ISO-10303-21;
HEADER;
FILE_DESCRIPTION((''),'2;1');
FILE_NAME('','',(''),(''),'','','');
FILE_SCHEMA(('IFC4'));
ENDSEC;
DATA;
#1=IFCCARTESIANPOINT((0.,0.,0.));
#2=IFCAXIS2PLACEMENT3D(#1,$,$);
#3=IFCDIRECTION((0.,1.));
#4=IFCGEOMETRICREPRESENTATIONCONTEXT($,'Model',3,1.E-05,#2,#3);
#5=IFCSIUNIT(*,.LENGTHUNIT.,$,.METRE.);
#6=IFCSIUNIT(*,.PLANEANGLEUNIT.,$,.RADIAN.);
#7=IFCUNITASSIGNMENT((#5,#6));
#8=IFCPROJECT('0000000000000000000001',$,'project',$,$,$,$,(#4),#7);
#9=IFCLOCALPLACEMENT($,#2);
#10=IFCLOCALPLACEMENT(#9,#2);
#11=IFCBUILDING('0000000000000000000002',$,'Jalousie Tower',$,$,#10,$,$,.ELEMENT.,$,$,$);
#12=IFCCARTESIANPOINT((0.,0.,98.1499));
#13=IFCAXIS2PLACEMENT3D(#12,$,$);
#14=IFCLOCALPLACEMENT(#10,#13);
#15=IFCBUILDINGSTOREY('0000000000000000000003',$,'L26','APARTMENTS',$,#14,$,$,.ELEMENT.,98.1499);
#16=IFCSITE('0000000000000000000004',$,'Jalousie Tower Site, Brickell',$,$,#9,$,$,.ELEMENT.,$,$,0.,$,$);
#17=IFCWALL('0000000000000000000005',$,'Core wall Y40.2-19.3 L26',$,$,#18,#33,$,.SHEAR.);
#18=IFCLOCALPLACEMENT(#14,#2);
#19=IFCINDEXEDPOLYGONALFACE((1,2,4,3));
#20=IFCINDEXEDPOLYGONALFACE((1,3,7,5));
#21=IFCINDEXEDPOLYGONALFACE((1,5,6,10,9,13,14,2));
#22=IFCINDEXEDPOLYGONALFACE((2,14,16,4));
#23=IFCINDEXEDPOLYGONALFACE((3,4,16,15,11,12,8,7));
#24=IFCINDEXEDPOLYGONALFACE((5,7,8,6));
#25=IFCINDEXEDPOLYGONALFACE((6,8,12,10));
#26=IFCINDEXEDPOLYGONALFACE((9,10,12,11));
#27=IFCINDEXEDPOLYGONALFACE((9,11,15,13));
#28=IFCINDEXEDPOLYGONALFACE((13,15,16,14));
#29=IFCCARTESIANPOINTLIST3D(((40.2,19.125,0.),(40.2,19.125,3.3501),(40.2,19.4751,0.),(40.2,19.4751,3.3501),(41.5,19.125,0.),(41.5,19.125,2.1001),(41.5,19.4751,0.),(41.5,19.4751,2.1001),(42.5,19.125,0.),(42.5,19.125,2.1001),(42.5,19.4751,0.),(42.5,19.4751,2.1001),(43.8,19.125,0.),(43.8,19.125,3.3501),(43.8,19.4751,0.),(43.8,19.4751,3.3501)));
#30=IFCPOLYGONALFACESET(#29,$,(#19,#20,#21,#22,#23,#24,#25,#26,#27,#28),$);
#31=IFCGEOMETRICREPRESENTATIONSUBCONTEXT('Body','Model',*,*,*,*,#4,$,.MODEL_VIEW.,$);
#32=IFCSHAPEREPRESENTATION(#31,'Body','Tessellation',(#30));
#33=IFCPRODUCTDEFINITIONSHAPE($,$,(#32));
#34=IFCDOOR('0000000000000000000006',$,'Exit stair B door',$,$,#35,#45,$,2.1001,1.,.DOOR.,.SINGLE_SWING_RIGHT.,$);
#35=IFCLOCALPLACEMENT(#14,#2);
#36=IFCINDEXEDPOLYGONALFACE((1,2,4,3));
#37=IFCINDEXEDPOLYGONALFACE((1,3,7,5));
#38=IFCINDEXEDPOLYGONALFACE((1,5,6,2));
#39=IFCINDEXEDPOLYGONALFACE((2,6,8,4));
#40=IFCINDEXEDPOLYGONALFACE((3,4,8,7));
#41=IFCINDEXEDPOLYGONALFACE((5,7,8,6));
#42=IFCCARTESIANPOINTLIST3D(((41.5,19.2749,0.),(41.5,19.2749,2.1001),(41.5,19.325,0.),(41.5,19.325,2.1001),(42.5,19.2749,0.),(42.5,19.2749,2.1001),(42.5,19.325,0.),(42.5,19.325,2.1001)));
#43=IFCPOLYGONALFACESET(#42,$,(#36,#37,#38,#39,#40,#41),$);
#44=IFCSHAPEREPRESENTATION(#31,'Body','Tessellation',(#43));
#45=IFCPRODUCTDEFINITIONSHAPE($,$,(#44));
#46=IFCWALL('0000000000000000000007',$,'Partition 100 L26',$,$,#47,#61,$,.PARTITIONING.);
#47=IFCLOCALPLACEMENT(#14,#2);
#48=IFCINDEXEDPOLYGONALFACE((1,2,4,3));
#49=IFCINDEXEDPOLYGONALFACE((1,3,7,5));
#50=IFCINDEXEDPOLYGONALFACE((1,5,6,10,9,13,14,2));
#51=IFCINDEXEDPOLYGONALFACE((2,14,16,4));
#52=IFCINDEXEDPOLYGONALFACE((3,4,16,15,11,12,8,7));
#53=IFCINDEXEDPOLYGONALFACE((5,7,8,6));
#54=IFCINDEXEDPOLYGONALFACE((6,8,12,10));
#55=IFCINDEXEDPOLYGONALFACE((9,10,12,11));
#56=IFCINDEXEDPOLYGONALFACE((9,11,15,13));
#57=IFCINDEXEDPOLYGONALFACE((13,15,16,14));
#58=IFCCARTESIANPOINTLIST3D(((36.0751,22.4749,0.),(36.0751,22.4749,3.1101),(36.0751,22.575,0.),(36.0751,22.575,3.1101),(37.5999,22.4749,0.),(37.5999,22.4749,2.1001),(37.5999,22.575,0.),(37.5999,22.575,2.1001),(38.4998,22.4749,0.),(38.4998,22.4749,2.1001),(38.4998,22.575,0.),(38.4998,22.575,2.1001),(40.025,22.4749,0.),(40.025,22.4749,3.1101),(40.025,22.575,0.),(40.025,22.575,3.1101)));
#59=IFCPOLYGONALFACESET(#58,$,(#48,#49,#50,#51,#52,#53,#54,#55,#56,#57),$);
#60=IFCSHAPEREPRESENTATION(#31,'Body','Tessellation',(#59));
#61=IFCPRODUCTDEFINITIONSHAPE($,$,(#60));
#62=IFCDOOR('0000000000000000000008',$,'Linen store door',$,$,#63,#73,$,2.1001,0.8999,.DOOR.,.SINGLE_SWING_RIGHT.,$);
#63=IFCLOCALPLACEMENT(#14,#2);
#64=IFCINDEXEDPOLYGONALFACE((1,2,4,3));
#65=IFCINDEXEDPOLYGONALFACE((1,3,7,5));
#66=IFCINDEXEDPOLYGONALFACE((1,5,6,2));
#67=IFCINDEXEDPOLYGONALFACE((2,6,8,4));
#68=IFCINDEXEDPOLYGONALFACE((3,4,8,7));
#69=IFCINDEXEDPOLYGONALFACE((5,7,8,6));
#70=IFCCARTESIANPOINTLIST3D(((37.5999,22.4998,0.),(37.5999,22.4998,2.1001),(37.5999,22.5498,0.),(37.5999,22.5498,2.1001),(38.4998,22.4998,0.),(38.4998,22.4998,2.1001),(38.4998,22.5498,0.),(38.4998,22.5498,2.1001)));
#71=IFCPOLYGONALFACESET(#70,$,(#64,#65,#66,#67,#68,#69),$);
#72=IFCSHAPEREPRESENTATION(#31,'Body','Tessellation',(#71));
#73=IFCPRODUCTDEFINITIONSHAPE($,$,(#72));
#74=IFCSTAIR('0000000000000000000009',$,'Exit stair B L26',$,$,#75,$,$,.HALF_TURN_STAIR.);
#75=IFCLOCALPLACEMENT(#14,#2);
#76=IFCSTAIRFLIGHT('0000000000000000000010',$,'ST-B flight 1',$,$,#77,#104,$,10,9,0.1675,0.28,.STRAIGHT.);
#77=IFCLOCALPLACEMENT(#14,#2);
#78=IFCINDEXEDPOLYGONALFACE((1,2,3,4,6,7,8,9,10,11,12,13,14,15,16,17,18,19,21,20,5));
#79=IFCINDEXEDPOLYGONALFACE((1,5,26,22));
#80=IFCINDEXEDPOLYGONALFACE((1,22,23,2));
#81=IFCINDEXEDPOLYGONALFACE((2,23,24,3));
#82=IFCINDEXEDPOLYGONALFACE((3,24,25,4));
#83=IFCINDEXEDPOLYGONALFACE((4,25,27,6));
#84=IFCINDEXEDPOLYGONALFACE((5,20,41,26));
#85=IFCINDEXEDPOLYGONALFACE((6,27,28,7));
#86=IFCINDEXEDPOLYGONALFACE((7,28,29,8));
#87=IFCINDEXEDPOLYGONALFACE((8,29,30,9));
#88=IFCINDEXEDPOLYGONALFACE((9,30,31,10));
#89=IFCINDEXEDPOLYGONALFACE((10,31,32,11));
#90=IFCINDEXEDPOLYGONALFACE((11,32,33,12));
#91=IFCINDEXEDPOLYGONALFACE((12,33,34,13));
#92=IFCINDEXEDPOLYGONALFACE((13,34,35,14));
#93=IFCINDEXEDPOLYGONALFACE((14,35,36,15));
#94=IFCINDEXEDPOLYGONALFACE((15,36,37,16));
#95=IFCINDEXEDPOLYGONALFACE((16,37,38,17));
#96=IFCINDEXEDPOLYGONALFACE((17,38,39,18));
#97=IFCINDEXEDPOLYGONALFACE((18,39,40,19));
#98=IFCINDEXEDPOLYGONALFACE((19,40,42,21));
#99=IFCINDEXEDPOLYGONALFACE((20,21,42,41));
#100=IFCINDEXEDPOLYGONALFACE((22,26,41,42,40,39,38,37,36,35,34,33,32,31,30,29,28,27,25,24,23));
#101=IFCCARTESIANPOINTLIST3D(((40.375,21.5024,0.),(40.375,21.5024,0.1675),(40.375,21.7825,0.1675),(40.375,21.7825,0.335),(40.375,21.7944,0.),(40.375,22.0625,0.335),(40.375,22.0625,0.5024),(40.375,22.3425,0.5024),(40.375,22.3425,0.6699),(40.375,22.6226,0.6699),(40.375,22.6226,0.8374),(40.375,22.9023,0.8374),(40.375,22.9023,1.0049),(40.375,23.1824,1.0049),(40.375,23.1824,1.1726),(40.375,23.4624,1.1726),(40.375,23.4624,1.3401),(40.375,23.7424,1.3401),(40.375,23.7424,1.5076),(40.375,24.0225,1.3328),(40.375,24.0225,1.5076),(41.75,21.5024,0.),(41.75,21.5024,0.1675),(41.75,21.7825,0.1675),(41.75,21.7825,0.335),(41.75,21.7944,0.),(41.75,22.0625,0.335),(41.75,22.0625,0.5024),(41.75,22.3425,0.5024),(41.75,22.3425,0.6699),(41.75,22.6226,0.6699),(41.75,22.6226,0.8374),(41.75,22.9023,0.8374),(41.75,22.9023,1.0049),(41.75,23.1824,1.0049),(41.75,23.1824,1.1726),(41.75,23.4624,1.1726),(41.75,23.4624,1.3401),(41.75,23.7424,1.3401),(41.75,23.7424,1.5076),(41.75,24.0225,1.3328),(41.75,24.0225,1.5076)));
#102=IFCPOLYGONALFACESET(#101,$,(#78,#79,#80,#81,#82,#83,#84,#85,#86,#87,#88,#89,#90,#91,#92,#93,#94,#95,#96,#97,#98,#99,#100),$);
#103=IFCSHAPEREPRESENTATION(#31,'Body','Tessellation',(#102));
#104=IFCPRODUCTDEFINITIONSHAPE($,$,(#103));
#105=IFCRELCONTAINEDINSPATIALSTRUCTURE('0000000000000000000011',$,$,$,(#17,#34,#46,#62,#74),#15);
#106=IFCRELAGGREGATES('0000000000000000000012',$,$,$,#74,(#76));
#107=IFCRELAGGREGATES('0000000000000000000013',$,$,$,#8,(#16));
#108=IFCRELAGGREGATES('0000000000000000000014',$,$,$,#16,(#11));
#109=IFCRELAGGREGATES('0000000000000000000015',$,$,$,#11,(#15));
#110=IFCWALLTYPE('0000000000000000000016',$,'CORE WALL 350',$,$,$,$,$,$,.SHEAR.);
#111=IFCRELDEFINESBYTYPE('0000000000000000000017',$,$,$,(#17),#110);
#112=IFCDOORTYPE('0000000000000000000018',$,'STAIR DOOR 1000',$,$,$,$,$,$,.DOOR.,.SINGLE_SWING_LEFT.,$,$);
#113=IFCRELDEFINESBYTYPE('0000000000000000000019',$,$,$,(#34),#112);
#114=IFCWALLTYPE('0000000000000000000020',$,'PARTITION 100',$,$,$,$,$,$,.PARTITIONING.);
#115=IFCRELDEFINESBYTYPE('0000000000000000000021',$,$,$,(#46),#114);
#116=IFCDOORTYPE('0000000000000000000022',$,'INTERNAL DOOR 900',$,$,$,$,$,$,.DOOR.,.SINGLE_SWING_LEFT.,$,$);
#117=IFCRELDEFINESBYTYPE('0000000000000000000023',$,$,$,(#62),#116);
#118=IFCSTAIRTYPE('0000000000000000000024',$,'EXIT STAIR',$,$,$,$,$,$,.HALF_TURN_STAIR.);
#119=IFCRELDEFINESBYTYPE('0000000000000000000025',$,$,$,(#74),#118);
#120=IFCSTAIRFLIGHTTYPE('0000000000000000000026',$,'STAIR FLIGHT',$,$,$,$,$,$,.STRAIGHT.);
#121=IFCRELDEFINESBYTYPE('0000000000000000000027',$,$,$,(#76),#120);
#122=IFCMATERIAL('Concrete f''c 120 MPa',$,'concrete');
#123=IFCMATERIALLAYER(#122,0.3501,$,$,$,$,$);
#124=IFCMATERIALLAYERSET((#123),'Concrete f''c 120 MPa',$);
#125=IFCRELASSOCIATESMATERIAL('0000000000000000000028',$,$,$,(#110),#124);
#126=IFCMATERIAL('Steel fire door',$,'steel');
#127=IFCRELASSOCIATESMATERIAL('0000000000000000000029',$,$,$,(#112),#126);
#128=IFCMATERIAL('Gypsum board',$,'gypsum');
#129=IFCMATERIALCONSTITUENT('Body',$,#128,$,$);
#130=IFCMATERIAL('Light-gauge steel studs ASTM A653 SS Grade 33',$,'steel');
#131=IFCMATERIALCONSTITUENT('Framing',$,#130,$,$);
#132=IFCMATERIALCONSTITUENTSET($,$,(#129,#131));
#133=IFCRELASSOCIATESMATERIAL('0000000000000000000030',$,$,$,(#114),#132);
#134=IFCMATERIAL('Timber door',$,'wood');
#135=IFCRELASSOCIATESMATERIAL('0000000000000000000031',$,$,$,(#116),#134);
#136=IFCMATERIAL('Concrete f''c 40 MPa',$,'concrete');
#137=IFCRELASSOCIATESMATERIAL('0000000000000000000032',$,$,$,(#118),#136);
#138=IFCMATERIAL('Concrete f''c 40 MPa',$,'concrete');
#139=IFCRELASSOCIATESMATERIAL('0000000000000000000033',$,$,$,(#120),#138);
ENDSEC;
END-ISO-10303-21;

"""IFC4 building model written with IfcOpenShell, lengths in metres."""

from ifc_helpers import new_model, si_unit, direction, frame, frame_2d, origin, place, context, subcontext, project, spatial, polyline, rectangle, outline, extrude, material, layer, layer_set, constituent, constituent_set, type_object, element, fill, aggregate, save


model = new_model("IFC4")

# Units and contexts
model_context = context("Model", 3, precision=1e-05, world=origin(), true_north=direction((0.0, 1.0)))
body_context = subcontext(model_context, "Body", "Model", "MODEL_VIEW")
ifc_project = project(units=[si_unit("LENGTHUNIT", "METRE"), si_unit("PLANEANGLEUNIT", "RADIAN")], contexts=[model_context])

# Site, building, storey
site_placement = place(None, origin())
site = spatial("IfcSite", under=ifc_project, at=site_placement, Name="Jalousie Tower Site, Brickell", CompositionType="ELEMENT", RefElevation=0.0)
building_placement = place(site_placement, origin())
building = spatial("IfcBuilding", under=site, at=building_placement, Name="Jalousie Tower", CompositionType="ELEMENT")
storey_placement = place(building_placement, frame((0.0, 0.0, 98.1499)))
storey = spatial("IfcBuildingStorey", under=building, at=storey_placement, Name="L26", Description="APARTMENTS", CompositionType="ELEMENT", Elevation=98.1499)

# Shared definitions
ifc_material_1 = material(Name="Concrete f'c 120 MPa", Category="concrete")
ifc_layer = layer(ifc_material_1, 0.3501)
ifc_layer_set = layer_set([ifc_layer], Name="Concrete f'c 120 MPa")
wall_type_1 = type_object("IfcWallType", Name="CORE WALL 350", PredefinedType="SHEAR", material=ifc_layer_set)

# Walls, openings, doors
wall_1_placement = place(storey_placement, frame((40.2, 19.3, 0.0), z_axis=(0.0, 0.0, 1.0), x_axis=(1.0, 0.0, 0.0)))
wall_1 = element("IfcWall", 1, at=wall_1_placement, inside=storey, type_object=wall_type_1, Name="Core wall Y40.2-19.3 L26", PredefinedType="SHEAR", context=body_context, shape_type="SweptSolid", body=[
    extrude(rectangle(XDim=3.6001, YDim=0.3501, at=frame_2d((1.8, 0.0))), origin(), (0.0, 0.0, 1.0), 3.3501),
])
opening_1_placement = place(wall_1_placement, frame((1.3, 0.0, 0.0)))
opening_1 = element("IfcOpeningElement", 2, at=opening_1_placement, cuts=wall_1, PredefinedType="OPENING", context=body_context, shape_type="SweptSolid", body=[
    extrude(rectangle(XDim=1.0, YDim=2.1001, at=frame_2d((0.5, 1.05))), frame((0.0, 0.1851, 0.0), z_axis=(0.0, -1.0, 0.0), x_axis=(1.0, 0.0, 0.0)), (0.0, 0.0, 1.0), 0.3701),
])
ifc_material_2 = material(Name="Steel fire door", Category="steel")
door_type_1 = type_object("IfcDoorType", Name="STAIR DOOR 1000", OperationType="SINGLE_SWING_LEFT", PredefinedType="DOOR", material=ifc_material_2)
door_1_placement = place(opening_1_placement, origin())
door_1 = element("IfcDoor", 3, at=door_1_placement, inside=storey, type_object=door_type_1, Name="Exit stair B door", OperationType="SINGLE_SWING_RIGHT", OverallHeight=2.1001, OverallWidth=1.0, PredefinedType="DOOR", context=body_context, shape_type="SweptSolid", body=[
    extrude(rectangle(XDim=1.0, YDim=2.1001, at=frame_2d((0.5, 1.05))), frame((0.0, 0.0249, 0.0), z_axis=(0.0, -1.0, 0.0), x_axis=(1.0, 0.0, 0.0)), (0.0, 0.0, 1.0), 0.05),
])
fill(opening_1, door_1)
ifc_material_3 = material(Name="Gypsum board", Category="gypsum")
ifc_constituent_1 = constituent(ifc_material_3, Name="Body")
ifc_material_4 = material(Name="Light-gauge steel studs ASTM A653 SS Grade 33", Category="steel")
ifc_constituent_2 = constituent(ifc_material_4, Name="Framing")
ifc_constituent_set_1 = constituent_set(constituents=[ifc_constituent_1, ifc_constituent_2])
wall_type_2 = type_object("IfcWallType", Name="PARTITION 100", PredefinedType="PARTITIONING", material=ifc_constituent_set_1)
wall_2_placement = place(storey_placement, frame((36.075, 22.5249, 0.0), z_axis=(0.0, 0.0, 1.0), x_axis=(1.0, 0.0, 0.0)))
wall_2 = element("IfcWall", 4, at=wall_2_placement, inside=storey, type_object=wall_type_2, Name="Partition 100 L26", PredefinedType="PARTITIONING", context=body_context, shape_type="SweptSolid", body=[
    extrude(rectangle(XDim=3.95, YDim=0.1001, at=frame_2d((1.9751, 0.0))), origin(), (0.0, 0.0, 1.0), 3.1101),
])
opening_2_placement = place(wall_2_placement, frame((1.5249, 0.0, 0.0)))
opening_2 = element("IfcOpeningElement", 5, at=opening_2_placement, cuts=wall_2, PredefinedType="OPENING", context=body_context, shape_type="SweptSolid", body=[
    extrude(rectangle(XDim=0.8999, YDim=2.1001, at=frame_2d((0.45, 1.05))), frame((0.0, 0.0601, 0.0), z_axis=(0.0, -1.0, 0.0), x_axis=(1.0, 0.0, 0.0)), (0.0, 0.0, 1.0), 0.1201),
])
ifc_material_5 = material(Name="Timber door", Category="wood")
door_type_2 = type_object("IfcDoorType", Name="INTERNAL DOOR 900", OperationType="SINGLE_SWING_LEFT", PredefinedType="DOOR", material=ifc_material_5)
door_2_placement = place(opening_2_placement, origin())
door_2 = element("IfcDoor", 6, at=door_2_placement, inside=storey, type_object=door_type_2, Name="Linen store door", OperationType="SINGLE_SWING_RIGHT", OverallHeight=2.1001, OverallWidth=0.8999, PredefinedType="DOOR", context=body_context, shape_type="SweptSolid", body=[
    extrude(rectangle(XDim=0.8999, YDim=2.1001, at=frame_2d((0.45, 1.05))), frame((0.0, 0.0249, 0.0), z_axis=(0.0, -1.0, 0.0), x_axis=(1.0, 0.0, 0.0)), (0.0, 0.0, 1.0), 0.05),
])
fill(opening_2, door_2)

# Stair, stair flight
ifc_material_6 = material(Name="Concrete f'c 40 MPa", Category="concrete")
stair_type = type_object("IfcStairType", Name="EXIT STAIR", PredefinedType="HALF_TURN_STAIR", material=ifc_material_6)
stair_placement = place(storey_placement, origin())
stair = element("IfcStair", 7, at=stair_placement, inside=storey, type_object=stair_type, Name="Exit stair B L26", PredefinedType="HALF_TURN_STAIR")
ifc_material_7 = material(Name="Concrete f'c 40 MPa", Category="concrete")
stair_flight_type = type_object("IfcStairFlightType", Name="STAIR FLIGHT", PredefinedType="STRAIGHT", material=ifc_material_7)
stair_flight_placement = place(storey_placement, frame((41.0625, 21.5024, 0.0), z_axis=(0.0, 0.0, 1.0), x_axis=(0.0, 1.0, 0.0)))
stair_flight = element("IfcStairFlight", 8, at=stair_flight_placement, type_object=stair_flight_type, Name="ST-B flight 1", NumberOfRisers=10, NumberOfTreads=9, PredefinedType="STRAIGHT", RiserHeight=0.1675, TreadLength=0.28, context=body_context, shape_type="SweptSolid", body=[
    extrude(outline(polyline([(0.0, 0.0), (0.0, 0.1675), (0.28, 0.1675), (0.28, 0.335), (0.5601, 0.335), (0.5601, 0.5024), (0.8401, 0.5024), (0.8401, 0.6699), (1.1201, 0.6699), (1.1201, 0.8374), (1.3999, 0.8374), (1.3999, 1.0049), (1.6799, 1.0049), (1.6799, 1.1726), (1.96, 1.1726), (1.96, 1.3401), (2.24, 1.3401), (2.24, 1.5076), (2.52, 1.5076), (2.52, 1.675), (2.52, 1.3328), (0.292, 0.0), (0.0, 0.0)])), frame((0.0, 0.6875, 0.0), z_axis=(0.0, -1.0, 0.0), x_axis=(1.0, 0.0, 0.0)), (0.0, 0.0, 1.0), 1.375),
])
aggregate(stair, [stair_flight])

save(model, "model.ifc")
